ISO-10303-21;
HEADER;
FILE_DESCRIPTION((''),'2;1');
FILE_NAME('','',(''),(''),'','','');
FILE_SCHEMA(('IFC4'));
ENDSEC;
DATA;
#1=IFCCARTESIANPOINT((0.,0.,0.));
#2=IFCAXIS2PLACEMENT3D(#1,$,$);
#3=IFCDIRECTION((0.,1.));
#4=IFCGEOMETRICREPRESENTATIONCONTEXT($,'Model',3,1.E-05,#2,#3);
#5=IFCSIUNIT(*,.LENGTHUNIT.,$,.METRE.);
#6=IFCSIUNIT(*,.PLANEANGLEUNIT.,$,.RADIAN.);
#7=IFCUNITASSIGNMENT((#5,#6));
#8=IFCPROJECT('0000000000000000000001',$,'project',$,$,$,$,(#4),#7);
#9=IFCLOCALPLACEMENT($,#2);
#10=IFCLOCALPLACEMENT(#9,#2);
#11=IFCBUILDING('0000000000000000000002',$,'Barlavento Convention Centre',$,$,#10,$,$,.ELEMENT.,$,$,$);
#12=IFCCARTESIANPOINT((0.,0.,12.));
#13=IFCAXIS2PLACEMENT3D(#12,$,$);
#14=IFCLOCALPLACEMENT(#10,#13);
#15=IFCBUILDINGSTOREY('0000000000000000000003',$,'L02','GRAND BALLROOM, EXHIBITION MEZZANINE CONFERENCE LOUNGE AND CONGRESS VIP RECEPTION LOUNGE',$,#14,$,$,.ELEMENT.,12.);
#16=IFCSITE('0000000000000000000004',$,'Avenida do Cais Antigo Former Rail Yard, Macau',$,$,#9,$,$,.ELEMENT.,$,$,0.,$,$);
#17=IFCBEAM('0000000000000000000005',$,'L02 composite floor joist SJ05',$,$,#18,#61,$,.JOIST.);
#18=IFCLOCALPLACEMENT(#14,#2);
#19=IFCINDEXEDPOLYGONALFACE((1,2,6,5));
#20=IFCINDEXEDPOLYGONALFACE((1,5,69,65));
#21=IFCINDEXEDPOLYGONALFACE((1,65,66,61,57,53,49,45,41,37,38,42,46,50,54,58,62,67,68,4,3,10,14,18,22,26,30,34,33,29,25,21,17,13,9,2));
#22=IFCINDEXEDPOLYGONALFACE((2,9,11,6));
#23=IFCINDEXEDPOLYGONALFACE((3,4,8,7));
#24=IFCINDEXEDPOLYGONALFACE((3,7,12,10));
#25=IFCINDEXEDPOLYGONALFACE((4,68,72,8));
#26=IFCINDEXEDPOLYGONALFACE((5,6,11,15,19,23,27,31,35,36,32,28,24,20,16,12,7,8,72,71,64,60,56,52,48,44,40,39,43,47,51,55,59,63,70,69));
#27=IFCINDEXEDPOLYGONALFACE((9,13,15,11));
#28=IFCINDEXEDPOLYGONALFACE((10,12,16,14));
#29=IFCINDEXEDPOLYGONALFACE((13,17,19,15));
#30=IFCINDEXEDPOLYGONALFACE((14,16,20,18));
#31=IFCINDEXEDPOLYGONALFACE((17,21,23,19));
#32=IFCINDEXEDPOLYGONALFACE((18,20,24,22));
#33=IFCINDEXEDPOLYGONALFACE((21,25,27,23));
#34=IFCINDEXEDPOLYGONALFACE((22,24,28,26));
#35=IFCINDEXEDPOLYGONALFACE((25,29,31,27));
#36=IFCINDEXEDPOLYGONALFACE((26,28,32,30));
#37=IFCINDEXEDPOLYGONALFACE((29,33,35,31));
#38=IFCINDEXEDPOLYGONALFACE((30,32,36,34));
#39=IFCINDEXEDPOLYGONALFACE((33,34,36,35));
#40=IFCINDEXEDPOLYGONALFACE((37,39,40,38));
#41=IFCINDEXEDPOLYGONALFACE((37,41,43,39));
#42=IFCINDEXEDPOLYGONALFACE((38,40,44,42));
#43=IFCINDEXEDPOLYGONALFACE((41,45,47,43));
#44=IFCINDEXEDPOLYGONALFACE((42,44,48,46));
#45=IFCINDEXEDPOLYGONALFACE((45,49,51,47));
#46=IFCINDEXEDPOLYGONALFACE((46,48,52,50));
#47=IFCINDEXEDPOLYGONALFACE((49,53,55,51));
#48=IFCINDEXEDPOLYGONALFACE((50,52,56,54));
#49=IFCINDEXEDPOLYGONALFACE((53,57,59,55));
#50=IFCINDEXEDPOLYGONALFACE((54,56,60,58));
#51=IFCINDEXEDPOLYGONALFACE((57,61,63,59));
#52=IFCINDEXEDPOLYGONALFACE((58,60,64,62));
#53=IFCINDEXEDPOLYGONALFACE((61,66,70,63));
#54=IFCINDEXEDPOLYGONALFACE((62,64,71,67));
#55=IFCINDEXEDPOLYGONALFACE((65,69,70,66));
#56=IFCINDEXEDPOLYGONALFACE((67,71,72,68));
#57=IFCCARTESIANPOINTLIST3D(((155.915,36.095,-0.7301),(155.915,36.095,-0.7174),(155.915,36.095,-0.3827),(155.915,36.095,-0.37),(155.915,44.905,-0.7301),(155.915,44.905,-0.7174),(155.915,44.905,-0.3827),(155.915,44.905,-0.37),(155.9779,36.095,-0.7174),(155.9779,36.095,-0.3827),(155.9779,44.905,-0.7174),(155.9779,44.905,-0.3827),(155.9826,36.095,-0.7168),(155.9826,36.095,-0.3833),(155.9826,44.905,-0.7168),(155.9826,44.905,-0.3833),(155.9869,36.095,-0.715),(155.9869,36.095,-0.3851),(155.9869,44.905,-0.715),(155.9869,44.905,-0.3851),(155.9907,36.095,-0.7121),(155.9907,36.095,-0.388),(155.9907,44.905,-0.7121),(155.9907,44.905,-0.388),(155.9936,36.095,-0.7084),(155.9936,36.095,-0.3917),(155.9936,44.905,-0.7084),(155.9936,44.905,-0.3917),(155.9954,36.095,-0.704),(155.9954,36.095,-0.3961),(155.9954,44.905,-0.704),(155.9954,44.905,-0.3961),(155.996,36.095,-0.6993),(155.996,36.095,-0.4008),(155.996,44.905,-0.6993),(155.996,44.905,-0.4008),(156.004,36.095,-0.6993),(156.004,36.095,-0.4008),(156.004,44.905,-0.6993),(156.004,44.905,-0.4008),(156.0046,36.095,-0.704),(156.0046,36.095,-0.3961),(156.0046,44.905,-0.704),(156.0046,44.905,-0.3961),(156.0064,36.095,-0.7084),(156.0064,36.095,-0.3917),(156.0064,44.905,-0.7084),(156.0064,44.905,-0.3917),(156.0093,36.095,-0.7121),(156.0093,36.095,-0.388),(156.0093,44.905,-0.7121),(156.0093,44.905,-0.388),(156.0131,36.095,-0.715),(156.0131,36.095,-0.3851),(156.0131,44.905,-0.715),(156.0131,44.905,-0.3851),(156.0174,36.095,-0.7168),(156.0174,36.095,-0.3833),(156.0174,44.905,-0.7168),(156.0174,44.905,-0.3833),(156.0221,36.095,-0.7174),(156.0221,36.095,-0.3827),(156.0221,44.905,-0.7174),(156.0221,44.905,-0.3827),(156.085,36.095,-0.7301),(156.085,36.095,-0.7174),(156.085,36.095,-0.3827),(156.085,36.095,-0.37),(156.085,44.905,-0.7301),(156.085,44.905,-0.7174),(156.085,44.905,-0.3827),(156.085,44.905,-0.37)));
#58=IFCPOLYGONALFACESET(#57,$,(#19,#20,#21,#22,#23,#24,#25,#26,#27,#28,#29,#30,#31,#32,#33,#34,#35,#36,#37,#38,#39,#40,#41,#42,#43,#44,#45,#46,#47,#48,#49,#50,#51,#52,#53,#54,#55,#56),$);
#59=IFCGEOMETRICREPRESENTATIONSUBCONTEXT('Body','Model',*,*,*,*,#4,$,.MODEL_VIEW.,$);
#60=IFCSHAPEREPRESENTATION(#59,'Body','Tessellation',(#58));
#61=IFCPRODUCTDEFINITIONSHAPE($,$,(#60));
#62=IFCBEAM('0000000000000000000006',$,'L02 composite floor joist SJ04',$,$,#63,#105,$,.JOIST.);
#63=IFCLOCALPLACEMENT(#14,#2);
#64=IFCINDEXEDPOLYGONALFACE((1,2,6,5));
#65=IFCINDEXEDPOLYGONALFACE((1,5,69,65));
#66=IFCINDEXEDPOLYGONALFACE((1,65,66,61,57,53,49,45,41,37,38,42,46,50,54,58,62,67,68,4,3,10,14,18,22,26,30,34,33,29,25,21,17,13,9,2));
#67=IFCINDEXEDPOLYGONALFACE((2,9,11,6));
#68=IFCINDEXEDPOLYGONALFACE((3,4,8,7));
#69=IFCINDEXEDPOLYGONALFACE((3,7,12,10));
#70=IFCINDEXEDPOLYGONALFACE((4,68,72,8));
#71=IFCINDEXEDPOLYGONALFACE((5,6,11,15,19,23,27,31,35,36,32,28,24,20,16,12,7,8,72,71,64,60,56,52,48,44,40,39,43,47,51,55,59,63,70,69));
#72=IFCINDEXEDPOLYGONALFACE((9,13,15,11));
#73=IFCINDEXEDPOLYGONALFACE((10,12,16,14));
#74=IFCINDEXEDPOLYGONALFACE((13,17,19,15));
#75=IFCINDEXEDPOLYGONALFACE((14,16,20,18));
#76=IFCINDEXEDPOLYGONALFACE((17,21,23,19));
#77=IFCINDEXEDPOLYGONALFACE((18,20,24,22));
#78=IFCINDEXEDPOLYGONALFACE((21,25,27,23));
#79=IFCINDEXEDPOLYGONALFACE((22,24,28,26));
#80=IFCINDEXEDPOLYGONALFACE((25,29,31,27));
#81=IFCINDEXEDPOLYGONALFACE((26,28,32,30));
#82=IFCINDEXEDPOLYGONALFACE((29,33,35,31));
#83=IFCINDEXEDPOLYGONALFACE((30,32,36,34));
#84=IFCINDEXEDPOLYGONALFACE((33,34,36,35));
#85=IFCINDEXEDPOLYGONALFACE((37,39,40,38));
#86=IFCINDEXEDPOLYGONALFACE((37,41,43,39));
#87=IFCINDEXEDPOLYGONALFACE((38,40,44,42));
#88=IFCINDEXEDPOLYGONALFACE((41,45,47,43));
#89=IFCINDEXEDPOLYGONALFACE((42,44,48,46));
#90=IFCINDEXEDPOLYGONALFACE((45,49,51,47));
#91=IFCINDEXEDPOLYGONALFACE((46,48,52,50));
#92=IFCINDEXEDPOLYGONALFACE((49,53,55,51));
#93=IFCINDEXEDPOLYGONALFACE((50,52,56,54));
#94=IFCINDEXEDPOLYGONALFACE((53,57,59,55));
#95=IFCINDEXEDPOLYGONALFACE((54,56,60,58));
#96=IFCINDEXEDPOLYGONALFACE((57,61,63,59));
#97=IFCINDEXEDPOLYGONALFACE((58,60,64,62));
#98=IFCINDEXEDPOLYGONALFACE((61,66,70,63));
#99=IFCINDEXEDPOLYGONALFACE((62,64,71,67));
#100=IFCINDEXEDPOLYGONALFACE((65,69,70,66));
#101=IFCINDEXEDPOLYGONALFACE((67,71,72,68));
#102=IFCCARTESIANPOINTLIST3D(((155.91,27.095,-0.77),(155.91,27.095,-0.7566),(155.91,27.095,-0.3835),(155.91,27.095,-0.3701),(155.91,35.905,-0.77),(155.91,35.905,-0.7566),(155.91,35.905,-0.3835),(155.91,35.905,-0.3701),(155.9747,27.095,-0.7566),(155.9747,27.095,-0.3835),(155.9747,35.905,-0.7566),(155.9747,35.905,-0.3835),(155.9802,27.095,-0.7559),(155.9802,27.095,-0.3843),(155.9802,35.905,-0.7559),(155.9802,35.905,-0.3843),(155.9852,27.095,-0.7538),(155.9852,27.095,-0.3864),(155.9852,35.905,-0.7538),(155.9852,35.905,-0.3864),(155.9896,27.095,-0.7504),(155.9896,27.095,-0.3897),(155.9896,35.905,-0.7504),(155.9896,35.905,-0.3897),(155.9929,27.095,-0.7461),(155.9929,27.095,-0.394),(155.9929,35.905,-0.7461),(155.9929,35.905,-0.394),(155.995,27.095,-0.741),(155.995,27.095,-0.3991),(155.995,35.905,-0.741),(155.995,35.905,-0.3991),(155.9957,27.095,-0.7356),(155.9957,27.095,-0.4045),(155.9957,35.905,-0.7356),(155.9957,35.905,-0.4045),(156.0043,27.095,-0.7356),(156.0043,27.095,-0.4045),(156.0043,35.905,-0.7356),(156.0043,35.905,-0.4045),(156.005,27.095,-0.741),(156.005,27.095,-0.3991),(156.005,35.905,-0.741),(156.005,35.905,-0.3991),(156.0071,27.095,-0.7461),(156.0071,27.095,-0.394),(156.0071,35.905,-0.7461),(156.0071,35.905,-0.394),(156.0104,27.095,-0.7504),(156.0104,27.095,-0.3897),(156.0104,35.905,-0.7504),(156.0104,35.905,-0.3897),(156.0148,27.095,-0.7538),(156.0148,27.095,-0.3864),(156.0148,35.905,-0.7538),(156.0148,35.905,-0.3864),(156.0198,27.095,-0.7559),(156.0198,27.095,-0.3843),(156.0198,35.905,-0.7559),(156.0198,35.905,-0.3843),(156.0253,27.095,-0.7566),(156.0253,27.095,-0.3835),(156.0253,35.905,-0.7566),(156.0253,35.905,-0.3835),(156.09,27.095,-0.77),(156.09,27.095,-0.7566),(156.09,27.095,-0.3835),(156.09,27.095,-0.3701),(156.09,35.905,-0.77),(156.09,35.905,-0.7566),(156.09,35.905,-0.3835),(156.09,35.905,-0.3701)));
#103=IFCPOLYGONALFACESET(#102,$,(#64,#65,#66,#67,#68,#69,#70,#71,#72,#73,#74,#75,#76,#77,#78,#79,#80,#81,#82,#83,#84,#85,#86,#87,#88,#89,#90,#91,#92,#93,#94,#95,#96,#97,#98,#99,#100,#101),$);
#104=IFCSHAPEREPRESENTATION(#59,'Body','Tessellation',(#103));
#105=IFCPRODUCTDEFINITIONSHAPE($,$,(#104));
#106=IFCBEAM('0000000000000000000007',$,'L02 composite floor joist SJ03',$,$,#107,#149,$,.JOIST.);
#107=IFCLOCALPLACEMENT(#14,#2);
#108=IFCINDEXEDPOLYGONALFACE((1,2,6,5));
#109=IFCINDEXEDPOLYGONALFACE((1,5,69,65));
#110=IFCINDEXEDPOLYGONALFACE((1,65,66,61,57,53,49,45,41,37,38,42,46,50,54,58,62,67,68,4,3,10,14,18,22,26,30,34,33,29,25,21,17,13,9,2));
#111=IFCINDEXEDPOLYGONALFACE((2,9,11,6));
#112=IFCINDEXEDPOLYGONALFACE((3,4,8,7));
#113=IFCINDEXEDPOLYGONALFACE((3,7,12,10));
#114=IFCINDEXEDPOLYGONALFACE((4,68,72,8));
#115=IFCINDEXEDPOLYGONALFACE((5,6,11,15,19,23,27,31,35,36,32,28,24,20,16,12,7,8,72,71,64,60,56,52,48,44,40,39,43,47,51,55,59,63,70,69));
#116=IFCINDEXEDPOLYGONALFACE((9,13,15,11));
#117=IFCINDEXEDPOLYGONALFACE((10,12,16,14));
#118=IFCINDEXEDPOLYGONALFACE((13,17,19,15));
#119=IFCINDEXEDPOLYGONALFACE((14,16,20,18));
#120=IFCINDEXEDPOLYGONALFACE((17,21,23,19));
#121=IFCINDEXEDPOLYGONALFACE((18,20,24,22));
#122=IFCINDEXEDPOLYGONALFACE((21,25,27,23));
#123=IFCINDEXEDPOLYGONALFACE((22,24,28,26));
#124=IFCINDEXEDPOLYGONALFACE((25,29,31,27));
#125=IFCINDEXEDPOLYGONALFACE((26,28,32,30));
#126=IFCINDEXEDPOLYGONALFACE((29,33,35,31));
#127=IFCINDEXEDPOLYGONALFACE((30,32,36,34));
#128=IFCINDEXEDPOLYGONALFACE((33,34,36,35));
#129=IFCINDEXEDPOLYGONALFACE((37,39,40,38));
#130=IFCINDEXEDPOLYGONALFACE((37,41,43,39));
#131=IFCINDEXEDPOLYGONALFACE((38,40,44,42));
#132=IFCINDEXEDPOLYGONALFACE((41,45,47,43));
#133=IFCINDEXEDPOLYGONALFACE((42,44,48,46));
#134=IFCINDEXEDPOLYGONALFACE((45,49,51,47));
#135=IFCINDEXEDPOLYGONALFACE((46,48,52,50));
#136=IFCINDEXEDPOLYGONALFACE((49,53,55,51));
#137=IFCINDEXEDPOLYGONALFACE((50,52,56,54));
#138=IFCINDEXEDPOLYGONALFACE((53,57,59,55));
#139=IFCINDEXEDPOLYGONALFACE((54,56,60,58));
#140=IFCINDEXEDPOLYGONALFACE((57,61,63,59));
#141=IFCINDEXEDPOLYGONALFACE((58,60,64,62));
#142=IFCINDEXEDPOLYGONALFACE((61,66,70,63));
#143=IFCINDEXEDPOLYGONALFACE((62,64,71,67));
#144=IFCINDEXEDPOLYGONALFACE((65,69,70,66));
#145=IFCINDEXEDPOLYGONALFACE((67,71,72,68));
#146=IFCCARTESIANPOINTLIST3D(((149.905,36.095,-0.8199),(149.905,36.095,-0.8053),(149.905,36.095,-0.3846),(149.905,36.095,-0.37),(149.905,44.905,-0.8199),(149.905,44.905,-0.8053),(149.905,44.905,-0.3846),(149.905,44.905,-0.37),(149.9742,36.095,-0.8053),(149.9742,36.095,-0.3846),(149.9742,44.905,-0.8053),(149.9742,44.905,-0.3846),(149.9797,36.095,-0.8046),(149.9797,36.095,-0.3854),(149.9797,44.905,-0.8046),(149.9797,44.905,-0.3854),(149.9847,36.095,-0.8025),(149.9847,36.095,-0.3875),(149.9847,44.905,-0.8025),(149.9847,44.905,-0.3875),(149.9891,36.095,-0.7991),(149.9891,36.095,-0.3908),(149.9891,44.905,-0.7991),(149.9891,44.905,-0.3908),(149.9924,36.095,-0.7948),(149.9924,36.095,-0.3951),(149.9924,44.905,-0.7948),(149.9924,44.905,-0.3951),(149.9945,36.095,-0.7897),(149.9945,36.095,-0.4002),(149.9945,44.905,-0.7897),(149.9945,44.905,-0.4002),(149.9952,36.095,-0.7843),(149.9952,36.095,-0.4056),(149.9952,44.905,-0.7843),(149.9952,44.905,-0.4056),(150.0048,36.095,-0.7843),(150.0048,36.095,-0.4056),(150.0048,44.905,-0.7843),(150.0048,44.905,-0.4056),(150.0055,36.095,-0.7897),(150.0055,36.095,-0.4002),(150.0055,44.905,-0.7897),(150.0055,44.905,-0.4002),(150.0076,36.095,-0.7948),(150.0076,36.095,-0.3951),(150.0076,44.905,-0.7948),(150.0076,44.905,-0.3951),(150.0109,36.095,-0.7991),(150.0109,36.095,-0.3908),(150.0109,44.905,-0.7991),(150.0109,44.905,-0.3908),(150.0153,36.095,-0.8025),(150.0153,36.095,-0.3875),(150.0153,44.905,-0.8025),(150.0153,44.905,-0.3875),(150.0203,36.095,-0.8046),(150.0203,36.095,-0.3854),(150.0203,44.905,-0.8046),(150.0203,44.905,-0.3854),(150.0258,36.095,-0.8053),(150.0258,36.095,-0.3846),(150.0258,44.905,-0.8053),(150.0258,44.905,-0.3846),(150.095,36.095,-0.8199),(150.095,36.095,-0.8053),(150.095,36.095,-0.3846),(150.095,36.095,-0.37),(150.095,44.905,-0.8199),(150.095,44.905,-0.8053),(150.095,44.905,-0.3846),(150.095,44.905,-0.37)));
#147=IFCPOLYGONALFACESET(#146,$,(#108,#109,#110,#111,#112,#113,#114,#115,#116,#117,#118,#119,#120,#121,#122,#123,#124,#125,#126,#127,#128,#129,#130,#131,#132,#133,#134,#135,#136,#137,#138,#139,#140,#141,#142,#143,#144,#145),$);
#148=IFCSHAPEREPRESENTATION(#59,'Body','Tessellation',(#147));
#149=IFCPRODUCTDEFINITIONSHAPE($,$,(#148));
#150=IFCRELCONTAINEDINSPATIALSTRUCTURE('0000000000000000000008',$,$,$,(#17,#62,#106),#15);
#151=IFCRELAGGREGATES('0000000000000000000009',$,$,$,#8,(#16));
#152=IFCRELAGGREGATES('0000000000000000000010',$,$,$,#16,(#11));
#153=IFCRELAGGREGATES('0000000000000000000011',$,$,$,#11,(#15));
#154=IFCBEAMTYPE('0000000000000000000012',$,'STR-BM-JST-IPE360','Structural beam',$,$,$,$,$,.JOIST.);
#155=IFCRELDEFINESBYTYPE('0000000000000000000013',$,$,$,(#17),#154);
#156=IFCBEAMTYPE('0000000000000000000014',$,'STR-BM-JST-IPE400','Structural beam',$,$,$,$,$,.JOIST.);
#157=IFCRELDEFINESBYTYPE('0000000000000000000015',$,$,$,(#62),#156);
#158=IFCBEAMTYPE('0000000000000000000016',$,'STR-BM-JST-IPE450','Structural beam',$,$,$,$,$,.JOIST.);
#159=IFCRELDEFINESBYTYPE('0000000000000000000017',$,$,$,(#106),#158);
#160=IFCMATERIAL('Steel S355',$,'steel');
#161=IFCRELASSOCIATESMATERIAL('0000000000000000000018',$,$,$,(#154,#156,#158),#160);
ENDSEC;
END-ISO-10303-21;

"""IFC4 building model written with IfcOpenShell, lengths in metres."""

from ifc_helpers import new_model, si_unit, direction, frame, origin, origin_2d, place, context, subcontext, project, spatial, i_section, extrude, material, material_profile, profile_set, type_object, element, save


model = new_model("IFC4")

# Units and contexts
model_context = context("Model", 3, precision=1e-05, world=origin(), true_north=direction((0.0, 1.0)))
body_context = subcontext(model_context, "Body", "Model", "MODEL_VIEW")
ifc_project = project(units=[si_unit("LENGTHUNIT", "METRE"), si_unit("PLANEANGLEUNIT", "RADIAN")], contexts=[model_context])

# Site, building, storey
site_placement = place(None, origin())
site = spatial("IfcSite", under=ifc_project, at=site_placement, Name="Avenida do Cais Antigo Former Rail Yard, Macau", CompositionType="ELEMENT", RefElevation=0.0)
building_placement = place(site_placement, origin())
building = spatial("IfcBuilding", under=site, at=building_placement, Name="Barlavento Convention Centre", CompositionType="ELEMENT")
storey_placement = place(building_placement, frame((0.0, 0.0, 12.0)))
storey = spatial("IfcBuildingStorey", under=building, at=storey_placement, Name="L02", Description="GRAND BALLROOM, EXHIBITION MEZZANINE CONFERENCE LOUNGE AND CONGRESS VIP RECEPTION LOUNGE", CompositionType="ELEMENT", Elevation=12.0)

# Shared definitions
ifc_material_1 = material(Name="Steel S355", Category="steel")

# Beams
ifc_material_profile_1 = material_profile(ifc_material_1, i_section(OverallWidth=0.1699, OverallDepth=0.3601, WebThickness=0.0081, FlangeThickness=0.0127, FilletRadius=0.0181, at=origin_2d()), Name="IPE 360")
ifc_profile_set_1 = profile_set([ifc_material_profile_1], Name="Steel S355")
beam_type_1 = type_object("IfcBeamType", Name="STR-BM-JST-IPE360", Description="Structural beam", PredefinedType="JOIST", material=ifc_profile_set_1)
for number, where, z_axis, x_axis, name in (
    (1, (156.0, 36.095, -0.55), (0.0, 1.0, 0.0), (-1.0, 0.0, 0.0), "L02 composite floor joist SJ05"),
):
    element("IfcBeam", number, at=place(storey_placement, frame(where, z_axis=z_axis, x_axis=x_axis)), inside=storey, type_object=beam_type_1, Name=name, PredefinedType="JOIST", context=body_context, shape_type="SweptSolid", body=[
        extrude(i_section(OverallWidth=0.1699, OverallDepth=0.3601, WebThickness=0.0081, FlangeThickness=0.0127, FilletRadius=0.0181, at=origin_2d()), origin(), (0.0, 0.0, 1.0), 8.8101),
    ])
ifc_material_profile_2 = material_profile(ifc_material_1, i_section(OverallWidth=0.1799, OverallDepth=0.3999, WebThickness=0.0085, FlangeThickness=0.0134, FilletRadius=0.021, at=origin_2d()), Name="IPE 400")
ifc_profile_set_2 = profile_set([ifc_material_profile_2], Name="Steel S355")
beam_type_2 = type_object("IfcBeamType", Name="STR-BM-JST-IPE400", Description="Structural beam", PredefinedType="JOIST", material=ifc_profile_set_2)
beam_1_placement = place(storey_placement, frame((156.0, 27.095, -0.5701), z_axis=(0.0, 1.0, 0.0), x_axis=(-1.0, 0.0, 0.0)))
element("IfcBeam", 2, at=beam_1_placement, inside=storey, type_object=beam_type_2, Name="L02 composite floor joist SJ04", PredefinedType="JOIST", context=body_context, shape_type="SweptSolid", body=[
    extrude(i_section(OverallWidth=0.1799, OverallDepth=0.3999, WebThickness=0.0085, FlangeThickness=0.0134, FilletRadius=0.021, at=origin_2d()), origin(), (0.0, 0.0, 1.0), 8.8101),
])
ifc_material_profile_3 = material_profile(ifc_material_1, i_section(OverallWidth=0.1899, OverallDepth=0.45, WebThickness=0.0095, FlangeThickness=0.0146, FilletRadius=0.021, at=origin_2d()), Name="IPE 450")
ifc_profile_set_3 = profile_set([ifc_material_profile_3], Name="Steel S355")
beam_type_3 = type_object("IfcBeamType", Name="STR-BM-JST-IPE450", Description="Structural beam", PredefinedType="JOIST", material=ifc_profile_set_3)
beam_2_placement = place(storey_placement, frame((150.0, 36.095, -0.595), z_axis=(0.0, 1.0, 0.0), x_axis=(-1.0, 0.0, 0.0)))
element("IfcBeam", 3, at=beam_2_placement, inside=storey, type_object=beam_type_3, Name="L02 composite floor joist SJ03", PredefinedType="JOIST", context=body_context, shape_type="SweptSolid", body=[
    extrude(i_section(OverallWidth=0.1899, OverallDepth=0.45, WebThickness=0.0095, FlangeThickness=0.0146, FilletRadius=0.021, at=origin_2d()), origin(), (0.0, 0.0, 1.0), 8.8101),
])

save(model, "model.ifc")
